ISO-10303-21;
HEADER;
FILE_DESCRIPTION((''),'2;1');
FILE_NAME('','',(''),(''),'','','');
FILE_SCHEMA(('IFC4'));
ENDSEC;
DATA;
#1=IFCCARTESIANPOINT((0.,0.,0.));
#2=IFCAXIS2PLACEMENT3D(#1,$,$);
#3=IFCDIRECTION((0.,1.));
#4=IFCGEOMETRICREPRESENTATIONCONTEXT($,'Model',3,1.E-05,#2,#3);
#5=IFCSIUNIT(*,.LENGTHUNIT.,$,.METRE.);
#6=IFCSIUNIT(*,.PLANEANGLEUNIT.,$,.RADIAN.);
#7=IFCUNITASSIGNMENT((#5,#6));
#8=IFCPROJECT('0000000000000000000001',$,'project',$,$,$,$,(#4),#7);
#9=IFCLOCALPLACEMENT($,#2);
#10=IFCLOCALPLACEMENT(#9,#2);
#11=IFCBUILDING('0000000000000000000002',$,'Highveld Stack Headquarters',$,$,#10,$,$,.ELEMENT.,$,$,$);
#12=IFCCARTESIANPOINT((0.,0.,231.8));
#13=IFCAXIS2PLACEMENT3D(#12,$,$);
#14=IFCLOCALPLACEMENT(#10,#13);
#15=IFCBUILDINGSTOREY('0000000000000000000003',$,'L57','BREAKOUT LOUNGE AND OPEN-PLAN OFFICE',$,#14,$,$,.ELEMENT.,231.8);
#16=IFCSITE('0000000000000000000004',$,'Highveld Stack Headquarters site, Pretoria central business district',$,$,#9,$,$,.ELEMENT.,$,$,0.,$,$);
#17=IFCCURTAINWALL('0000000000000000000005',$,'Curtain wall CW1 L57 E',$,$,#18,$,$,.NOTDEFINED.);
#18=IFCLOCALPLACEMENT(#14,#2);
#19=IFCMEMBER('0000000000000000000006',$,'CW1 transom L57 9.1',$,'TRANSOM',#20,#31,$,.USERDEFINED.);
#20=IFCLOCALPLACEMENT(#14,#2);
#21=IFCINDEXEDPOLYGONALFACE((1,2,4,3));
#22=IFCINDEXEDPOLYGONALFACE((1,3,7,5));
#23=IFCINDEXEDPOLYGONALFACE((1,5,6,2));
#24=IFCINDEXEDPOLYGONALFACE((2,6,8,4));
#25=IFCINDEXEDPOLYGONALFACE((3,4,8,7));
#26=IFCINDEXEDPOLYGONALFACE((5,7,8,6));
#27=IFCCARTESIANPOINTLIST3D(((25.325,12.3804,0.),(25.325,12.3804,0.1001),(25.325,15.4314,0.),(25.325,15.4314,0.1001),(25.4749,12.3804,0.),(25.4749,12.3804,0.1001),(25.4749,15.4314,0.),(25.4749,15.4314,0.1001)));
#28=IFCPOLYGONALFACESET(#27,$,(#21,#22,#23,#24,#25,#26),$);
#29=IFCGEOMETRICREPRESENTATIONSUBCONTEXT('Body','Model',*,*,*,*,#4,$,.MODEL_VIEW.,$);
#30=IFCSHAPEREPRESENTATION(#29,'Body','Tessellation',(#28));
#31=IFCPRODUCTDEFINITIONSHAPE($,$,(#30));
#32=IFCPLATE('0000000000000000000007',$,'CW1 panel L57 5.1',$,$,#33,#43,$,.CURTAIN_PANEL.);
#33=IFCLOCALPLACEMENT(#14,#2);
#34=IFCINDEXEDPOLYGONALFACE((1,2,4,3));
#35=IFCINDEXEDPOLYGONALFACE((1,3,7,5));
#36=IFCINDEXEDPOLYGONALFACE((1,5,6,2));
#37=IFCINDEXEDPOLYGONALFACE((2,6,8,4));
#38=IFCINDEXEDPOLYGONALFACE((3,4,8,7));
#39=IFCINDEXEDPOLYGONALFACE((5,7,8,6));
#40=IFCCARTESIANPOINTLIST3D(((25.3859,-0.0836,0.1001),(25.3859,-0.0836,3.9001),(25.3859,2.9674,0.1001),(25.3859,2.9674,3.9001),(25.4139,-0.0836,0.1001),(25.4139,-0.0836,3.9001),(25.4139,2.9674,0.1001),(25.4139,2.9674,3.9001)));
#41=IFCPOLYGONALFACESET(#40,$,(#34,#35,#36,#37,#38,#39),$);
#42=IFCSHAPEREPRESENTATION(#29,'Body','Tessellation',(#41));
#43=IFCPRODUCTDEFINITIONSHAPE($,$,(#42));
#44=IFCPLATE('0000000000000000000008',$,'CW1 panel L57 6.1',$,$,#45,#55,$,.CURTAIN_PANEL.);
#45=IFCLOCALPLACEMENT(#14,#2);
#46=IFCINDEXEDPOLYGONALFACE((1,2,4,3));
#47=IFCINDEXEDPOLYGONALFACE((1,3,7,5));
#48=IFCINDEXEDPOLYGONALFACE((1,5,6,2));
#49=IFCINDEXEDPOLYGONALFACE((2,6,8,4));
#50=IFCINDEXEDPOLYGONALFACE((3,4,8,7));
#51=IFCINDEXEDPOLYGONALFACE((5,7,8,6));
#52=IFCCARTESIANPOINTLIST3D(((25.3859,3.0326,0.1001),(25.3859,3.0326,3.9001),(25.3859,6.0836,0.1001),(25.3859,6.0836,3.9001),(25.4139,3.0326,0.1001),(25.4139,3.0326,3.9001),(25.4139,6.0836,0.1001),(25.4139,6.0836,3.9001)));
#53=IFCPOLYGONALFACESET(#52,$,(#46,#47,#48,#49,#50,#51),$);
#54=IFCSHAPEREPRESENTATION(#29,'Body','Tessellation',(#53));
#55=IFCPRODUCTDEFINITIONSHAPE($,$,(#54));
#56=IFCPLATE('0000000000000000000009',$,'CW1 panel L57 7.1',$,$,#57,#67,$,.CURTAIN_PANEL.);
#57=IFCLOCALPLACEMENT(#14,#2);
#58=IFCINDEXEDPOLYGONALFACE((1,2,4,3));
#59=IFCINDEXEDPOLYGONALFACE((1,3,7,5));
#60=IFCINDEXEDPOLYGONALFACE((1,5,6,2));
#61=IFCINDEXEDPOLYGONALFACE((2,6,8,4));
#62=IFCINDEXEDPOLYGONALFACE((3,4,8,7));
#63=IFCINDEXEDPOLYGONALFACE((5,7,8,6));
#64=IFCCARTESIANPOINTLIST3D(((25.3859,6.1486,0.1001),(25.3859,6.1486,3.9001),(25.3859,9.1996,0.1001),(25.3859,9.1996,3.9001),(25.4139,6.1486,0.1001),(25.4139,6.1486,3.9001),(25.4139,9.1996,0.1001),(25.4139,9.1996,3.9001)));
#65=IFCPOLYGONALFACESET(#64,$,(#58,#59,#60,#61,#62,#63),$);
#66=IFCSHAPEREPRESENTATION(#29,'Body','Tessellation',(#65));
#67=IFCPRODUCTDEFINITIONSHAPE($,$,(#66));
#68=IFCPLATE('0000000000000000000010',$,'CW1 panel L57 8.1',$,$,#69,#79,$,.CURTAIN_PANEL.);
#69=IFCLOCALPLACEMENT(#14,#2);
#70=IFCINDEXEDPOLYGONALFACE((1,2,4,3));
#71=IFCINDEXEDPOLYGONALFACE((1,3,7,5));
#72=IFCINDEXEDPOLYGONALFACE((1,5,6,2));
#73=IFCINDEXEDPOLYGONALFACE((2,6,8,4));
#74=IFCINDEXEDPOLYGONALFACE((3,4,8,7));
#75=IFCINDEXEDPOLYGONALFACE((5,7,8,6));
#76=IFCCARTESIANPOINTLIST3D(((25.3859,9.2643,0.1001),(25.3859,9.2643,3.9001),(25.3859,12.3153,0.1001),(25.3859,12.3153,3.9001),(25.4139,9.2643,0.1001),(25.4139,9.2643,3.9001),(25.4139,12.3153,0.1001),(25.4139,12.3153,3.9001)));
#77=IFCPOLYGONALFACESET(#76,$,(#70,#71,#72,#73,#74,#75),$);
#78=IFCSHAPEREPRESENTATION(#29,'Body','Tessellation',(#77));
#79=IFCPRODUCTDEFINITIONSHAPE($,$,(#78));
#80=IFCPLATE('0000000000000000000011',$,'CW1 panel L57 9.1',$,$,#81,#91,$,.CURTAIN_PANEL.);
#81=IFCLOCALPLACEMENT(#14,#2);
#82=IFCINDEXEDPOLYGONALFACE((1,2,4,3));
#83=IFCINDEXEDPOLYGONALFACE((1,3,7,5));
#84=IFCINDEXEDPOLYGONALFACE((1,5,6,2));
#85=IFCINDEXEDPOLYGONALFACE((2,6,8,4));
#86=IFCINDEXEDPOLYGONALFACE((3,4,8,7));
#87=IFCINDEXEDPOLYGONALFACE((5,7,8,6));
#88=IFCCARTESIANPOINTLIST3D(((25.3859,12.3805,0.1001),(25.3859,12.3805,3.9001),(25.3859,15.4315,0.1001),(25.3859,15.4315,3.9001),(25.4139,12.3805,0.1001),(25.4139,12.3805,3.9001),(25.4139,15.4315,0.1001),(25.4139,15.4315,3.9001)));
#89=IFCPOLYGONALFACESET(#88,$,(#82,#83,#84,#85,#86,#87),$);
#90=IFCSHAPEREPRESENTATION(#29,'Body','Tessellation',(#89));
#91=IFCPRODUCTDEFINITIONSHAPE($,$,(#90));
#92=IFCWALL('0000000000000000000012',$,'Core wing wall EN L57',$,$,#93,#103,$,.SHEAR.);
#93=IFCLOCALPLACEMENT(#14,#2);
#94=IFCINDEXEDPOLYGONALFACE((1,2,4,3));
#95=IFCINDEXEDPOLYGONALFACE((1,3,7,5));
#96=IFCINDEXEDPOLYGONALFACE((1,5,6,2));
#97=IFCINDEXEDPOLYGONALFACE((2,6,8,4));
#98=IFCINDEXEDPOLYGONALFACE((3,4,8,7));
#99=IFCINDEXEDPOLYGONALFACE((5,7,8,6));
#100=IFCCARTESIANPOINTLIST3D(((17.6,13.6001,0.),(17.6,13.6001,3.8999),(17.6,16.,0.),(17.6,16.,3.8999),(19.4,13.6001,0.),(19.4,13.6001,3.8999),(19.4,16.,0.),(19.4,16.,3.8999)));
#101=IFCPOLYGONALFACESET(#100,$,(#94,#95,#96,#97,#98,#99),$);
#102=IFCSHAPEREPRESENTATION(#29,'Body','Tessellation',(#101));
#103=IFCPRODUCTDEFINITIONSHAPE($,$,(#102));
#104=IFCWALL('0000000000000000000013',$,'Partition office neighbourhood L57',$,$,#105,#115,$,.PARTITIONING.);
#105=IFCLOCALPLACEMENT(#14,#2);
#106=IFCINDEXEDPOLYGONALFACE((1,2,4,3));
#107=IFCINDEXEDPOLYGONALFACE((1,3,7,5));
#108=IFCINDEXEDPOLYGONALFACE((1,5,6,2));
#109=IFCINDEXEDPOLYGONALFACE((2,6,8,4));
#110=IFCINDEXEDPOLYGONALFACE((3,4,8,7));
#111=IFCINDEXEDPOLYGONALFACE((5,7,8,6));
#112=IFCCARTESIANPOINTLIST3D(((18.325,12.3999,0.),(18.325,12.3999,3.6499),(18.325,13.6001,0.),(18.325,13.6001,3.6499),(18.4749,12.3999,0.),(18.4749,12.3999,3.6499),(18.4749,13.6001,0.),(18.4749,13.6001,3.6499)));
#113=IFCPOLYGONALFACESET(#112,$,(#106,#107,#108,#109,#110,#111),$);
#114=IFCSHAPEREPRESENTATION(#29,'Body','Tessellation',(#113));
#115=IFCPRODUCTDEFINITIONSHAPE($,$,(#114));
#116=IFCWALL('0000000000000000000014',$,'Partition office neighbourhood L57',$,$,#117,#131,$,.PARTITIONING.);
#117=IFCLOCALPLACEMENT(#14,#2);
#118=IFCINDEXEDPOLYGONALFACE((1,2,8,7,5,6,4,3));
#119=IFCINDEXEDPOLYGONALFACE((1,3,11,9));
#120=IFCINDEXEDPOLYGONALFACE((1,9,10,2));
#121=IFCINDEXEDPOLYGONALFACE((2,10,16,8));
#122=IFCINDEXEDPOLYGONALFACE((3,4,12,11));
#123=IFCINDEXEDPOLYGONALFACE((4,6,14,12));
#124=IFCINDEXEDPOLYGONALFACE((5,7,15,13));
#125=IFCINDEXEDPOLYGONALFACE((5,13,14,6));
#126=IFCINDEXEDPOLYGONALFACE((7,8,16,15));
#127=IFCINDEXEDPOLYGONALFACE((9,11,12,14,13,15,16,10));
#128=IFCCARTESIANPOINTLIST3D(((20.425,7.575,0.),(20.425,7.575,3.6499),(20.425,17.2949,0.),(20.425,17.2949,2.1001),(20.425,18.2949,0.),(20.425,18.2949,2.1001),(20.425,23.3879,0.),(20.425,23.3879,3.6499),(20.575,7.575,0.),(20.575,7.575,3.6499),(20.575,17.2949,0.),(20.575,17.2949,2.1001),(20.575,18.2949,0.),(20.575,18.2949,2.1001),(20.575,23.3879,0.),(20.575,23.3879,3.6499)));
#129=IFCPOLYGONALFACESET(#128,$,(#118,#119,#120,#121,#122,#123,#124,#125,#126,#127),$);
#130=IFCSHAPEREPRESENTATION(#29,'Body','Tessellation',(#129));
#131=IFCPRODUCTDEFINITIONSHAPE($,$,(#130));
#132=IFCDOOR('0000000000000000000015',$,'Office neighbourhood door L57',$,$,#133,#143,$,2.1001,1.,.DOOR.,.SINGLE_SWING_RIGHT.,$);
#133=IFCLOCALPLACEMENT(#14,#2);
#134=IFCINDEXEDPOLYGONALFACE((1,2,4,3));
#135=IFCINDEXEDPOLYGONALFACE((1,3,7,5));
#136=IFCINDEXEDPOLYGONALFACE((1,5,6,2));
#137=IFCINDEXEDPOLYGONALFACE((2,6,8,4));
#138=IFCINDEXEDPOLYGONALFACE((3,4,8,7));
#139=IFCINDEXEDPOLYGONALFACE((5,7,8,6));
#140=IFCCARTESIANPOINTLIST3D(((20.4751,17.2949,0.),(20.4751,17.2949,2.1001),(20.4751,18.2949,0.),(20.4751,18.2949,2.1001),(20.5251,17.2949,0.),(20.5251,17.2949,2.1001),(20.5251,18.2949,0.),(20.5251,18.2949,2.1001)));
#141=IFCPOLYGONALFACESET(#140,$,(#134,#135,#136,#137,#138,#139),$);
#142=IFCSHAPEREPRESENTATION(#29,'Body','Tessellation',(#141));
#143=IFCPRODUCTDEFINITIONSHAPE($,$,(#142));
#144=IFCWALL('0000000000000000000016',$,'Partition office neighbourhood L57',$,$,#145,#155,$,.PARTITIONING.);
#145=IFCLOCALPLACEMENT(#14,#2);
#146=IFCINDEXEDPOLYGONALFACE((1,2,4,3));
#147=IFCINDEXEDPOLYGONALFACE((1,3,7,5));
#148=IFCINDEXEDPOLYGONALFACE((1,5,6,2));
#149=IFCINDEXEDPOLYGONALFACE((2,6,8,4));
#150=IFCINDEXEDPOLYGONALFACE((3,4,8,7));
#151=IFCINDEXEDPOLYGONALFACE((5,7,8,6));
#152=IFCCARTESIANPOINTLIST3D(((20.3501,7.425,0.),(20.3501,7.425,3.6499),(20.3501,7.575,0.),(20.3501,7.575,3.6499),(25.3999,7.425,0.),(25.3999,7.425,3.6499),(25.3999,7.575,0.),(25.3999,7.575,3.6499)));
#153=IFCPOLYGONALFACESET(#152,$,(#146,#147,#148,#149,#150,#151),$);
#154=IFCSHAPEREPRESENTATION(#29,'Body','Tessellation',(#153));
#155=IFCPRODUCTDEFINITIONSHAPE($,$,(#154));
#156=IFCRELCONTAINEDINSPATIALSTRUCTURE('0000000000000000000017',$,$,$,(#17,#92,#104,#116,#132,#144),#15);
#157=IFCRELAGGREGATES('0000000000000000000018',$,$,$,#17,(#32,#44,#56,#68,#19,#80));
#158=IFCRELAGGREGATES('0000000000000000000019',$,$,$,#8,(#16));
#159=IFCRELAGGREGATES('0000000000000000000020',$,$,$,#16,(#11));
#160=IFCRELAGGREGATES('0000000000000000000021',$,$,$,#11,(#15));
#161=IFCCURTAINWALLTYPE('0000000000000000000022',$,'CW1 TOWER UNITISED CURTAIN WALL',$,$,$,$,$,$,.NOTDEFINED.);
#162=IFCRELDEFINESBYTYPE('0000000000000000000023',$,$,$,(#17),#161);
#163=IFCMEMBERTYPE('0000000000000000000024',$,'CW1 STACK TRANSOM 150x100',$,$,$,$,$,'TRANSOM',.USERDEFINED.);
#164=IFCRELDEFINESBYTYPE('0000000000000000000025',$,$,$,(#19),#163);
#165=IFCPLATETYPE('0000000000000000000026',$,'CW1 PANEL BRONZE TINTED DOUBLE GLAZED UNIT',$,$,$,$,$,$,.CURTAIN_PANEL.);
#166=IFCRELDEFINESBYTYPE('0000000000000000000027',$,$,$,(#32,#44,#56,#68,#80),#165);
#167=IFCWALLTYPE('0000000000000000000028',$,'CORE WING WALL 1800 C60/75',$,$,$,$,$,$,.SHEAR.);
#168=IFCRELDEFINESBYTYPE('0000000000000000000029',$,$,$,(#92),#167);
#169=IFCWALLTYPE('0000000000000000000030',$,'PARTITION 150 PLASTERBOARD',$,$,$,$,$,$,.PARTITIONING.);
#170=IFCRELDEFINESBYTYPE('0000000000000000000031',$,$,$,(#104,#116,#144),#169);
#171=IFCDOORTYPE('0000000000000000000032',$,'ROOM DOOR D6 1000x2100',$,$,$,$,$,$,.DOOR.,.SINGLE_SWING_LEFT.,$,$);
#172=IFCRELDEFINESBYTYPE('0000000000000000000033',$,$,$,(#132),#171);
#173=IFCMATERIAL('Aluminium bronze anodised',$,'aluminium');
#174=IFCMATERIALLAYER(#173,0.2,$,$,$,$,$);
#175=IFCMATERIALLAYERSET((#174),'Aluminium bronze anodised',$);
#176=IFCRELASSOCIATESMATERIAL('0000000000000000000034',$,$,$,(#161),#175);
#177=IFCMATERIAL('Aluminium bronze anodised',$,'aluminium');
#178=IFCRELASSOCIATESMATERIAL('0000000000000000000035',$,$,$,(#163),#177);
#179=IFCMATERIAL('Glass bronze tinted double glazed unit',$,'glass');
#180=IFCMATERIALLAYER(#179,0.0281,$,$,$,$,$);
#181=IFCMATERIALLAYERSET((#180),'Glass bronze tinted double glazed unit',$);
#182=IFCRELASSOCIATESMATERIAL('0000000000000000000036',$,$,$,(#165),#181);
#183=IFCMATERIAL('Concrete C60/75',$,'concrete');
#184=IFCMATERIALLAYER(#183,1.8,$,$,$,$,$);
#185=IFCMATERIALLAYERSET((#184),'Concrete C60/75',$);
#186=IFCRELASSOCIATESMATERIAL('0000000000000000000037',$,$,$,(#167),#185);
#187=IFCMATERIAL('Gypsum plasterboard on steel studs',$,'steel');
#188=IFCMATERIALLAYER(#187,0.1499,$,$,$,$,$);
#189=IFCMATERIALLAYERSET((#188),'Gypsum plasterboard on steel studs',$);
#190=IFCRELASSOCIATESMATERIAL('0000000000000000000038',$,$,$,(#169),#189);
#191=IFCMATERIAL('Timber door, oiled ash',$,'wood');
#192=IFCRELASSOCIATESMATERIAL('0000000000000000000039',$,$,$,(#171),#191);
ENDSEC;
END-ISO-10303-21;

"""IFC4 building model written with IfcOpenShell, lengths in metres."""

from ifc_helpers import new_model, si_unit, direction, frame, frame_2d, origin, origin_2d, place, context, subcontext, project, spatial, rectangle, extrude, material, layer, layer_set, material_profile, profile_set, type_object, element, fill, aggregate, save


model = new_model("IFC4")

# Units and contexts
model_context = context("Model", 3, precision=1e-05, world=origin(), true_north=direction((0.0, 1.0)))
body_context = subcontext(model_context, "Body", "Model", "MODEL_VIEW")
ifc_project = project(units=[si_unit("LENGTHUNIT", "METRE"), si_unit("PLANEANGLEUNIT", "RADIAN")], contexts=[model_context])

# Site, building, storey
site_placement = place(None, origin())
site = spatial("IfcSite", under=ifc_project, at=site_placement, Name="Highveld Stack Headquarters site, Pretoria central business district", CompositionType="ELEMENT", RefElevation=0.0)
building_placement = place(site_placement, origin())
building = spatial("IfcBuilding", under=site, at=building_placement, Name="Highveld Stack Headquarters", CompositionType="ELEMENT")
storey_placement = place(building_placement, frame((0.0, 0.0, 231.8)))
storey = spatial("IfcBuildingStorey", under=building, at=storey_placement, Name="L57", Description="BREAKOUT LOUNGE AND OPEN-PLAN OFFICE", CompositionType="ELEMENT", Elevation=231.8)

# Curtain wall, member, plates
ifc_material_1 = material(Name="Aluminium bronze anodised", Category="aluminium")
ifc_layer_1 = layer(ifc_material_1, 0.2)
ifc_layer_set_1 = layer_set([ifc_layer_1], Name="Aluminium bronze anodised")
curtain_wall_type = type_object("IfcCurtainWallType", Name="CW1 TOWER UNITISED CURTAIN WALL", PredefinedType="NOTDEFINED", material=ifc_layer_set_1)
curtain_wall_placement = place(storey_placement, origin())
curtain_wall = element("IfcCurtainWall", 1, at=curtain_wall_placement, inside=storey, type_object=curtain_wall_type, Name="Curtain wall CW1 L57 E", PredefinedType="NOTDEFINED")
ifc_material_2 = material(Name="Aluminium bronze anodised", Category="aluminium")
ifc_material_profile_1 = material_profile(ifc_material_2, rectangle(XDim=0.1499, YDim=0.1001, at=origin_2d()), Name="CW1 TRANSOM 150x100")
ifc_profile_set_1 = profile_set([ifc_material_profile_1], Name="Aluminium bronze anodised")
member_type_1 = type_object("IfcMemberType", Name="CW1 STACK TRANSOM 150x100", ElementType="TRANSOM", PredefinedType="USERDEFINED", material=ifc_profile_set_1)
member_1_placement = place(storey_placement, frame((25.3999, 12.3804, 0.05), z_axis=(0.0, 1.0, 0.0), x_axis=(-1.0, 0.0, 0.0)))
member_1 = element("IfcMember", 2, at=member_1_placement, type_object=member_type_1, Name="CW1 transom L57 9.1", ObjectType="TRANSOM", PredefinedType="USERDEFINED", context=body_context, shape_type="SweptSolid", body=[
    extrude(rectangle(XDim=0.1499, YDim=0.1001, at=origin_2d()), origin(), (0.0, 0.0, 1.0), 3.051),
])
ifc_material_3 = material(Name="Glass bronze tinted double glazed unit", Category="glass")
ifc_layer_2 = layer(ifc_material_3, 0.0281)
ifc_layer_set_2 = layer_set([ifc_layer_2], Name="Glass bronze tinted double glazed unit")
plate_type = type_object("IfcPlateType", Name="CW1 PANEL BRONZE TINTED DOUBLE GLAZED UNIT", PredefinedType="CURTAIN_PANEL", material=ifc_layer_set_2)
plate_1_placement = place(storey_placement, frame((25.3999, 1.4419, 0.1001), z_axis=(0.0, 0.0, 1.0), x_axis=(0.0, 1.0, 0.0)))
plate_1 = element("IfcPlate", 3, at=plate_1_placement, type_object=plate_type, Name="CW1 panel L57 5.1", PredefinedType="CURTAIN_PANEL", context=body_context, shape_type="SweptSolid", body=[
    extrude(rectangle(XDim=3.051, YDim=0.0281, at=origin_2d()), origin(), (0.0, 0.0, 1.0), 3.8),
])
plate_2_placement = place(storey_placement, frame((25.3999, 4.5581, 0.1001), z_axis=(0.0, 0.0, 1.0), x_axis=(0.0, 1.0, 0.0)))
plate_2 = element("IfcPlate", 4, at=plate_2_placement, type_object=plate_type, Name="CW1 panel L57 6.1", PredefinedType="CURTAIN_PANEL", context=body_context, shape_type="SweptSolid", body=[
    extrude(rectangle(XDim=3.051, YDim=0.0281, at=origin_2d()), origin(), (0.0, 0.0, 1.0), 3.8),
])
plate_3_placement = place(storey_placement, frame((25.3999, 7.6741, 0.1001), z_axis=(0.0, 0.0, 1.0), x_axis=(0.0, 1.0, 0.0)))
plate_3 = element("IfcPlate", 5, at=plate_3_placement, type_object=plate_type, Name="CW1 panel L57 7.1", PredefinedType="CURTAIN_PANEL", context=body_context, shape_type="SweptSolid", body=[
    extrude(rectangle(XDim=3.051, YDim=0.0281, at=origin_2d()), origin(), (0.0, 0.0, 1.0), 3.8),
])
plate_4_placement = place(storey_placement, frame((25.3999, 10.7898, 0.1001), z_axis=(0.0, 0.0, 1.0), x_axis=(0.0, 1.0, 0.0)))
plate_4 = element("IfcPlate", 6, at=plate_4_placement, type_object=plate_type, Name="CW1 panel L57 8.1", PredefinedType="CURTAIN_PANEL", context=body_context, shape_type="SweptSolid", body=[
    extrude(rectangle(XDim=3.051, YDim=0.0281, at=origin_2d()), origin(), (0.0, 0.0, 1.0), 3.8),
])
plate_5_placement = place(storey_placement, frame((25.3999, 13.906, 0.1001), z_axis=(0.0, 0.0, 1.0), x_axis=(0.0, 1.0, 0.0)))
plate_5 = element("IfcPlate", 7, at=plate_5_placement, type_object=plate_type, Name="CW1 panel L57 9.1", PredefinedType="CURTAIN_PANEL", context=body_context, shape_type="SweptSolid", body=[
    extrude(rectangle(XDim=3.051, YDim=0.0281, at=origin_2d()), origin(), (0.0, 0.0, 1.0), 3.8),
])
aggregate(curtain_wall, [plate_1, plate_2, plate_3, plate_4, member_1, plate_5])

# Walls
ifc_material_4 = material(Name="Concrete C60/75", Category="concrete")
ifc_layer_3 = layer(ifc_material_4, 1.8)
ifc_layer_set_3 = layer_set([ifc_layer_3], Name="Concrete C60/75")
wall_type_1 = type_object("IfcWallType", Name="CORE WING WALL 1800 C60/75", PredefinedType="SHEAR", material=ifc_layer_set_3)
wall_1_placement = place(storey_placement, frame((18.5, 13.6001, 0.0), z_axis=(0.0, 0.0, 1.0), x_axis=(0.0, 1.0, 0.0)))
element("IfcWall", 8, at=wall_1_placement, inside=storey, type_object=wall_type_1, Name="Core wing wall EN L57", PredefinedType="SHEAR", context=body_context, shape_type="SweptSolid", body=[
    extrude(rectangle(XDim=2.3999, YDim=1.8, at=frame_2d((1.2, 0.0))), origin(), (0.0, 0.0, 1.0), 3.8999),
])
ifc_material_5 = material(Name="Gypsum plasterboard on steel studs", Category="steel")
ifc_layer_4 = layer(ifc_material_5, 0.1499)
ifc_layer_set_4 = layer_set([ifc_layer_4], Name="Gypsum plasterboard on steel studs")
wall_type_2 = type_object("IfcWallType", Name="PARTITION 150 PLASTERBOARD", PredefinedType="PARTITIONING", material=ifc_layer_set_4)
wall_2_placement = place(storey_placement, frame((18.3999, 12.3999, 0.0), z_axis=(0.0, 0.0, 1.0), x_axis=(0.0, 1.0, 0.0)))
element("IfcWall", 9, at=wall_2_placement, inside=storey, type_object=wall_type_2, Name="Partition office neighbourhood L57", PredefinedType="PARTITIONING", context=body_context, shape_type="SweptSolid", body=[
    extrude(rectangle(XDim=1.2002, YDim=0.1499, at=frame_2d((0.6001, 0.0))), origin(), (0.0, 0.0, 1.0), 3.6499),
])

# Wall, opening, door
wall_3_placement = place(storey_placement, frame((20.5, 7.575, 0.0), z_axis=(0.0, 0.0, 1.0), x_axis=(0.0, 1.0, 0.0)))
wall_3 = element("IfcWall", 10, at=wall_3_placement, inside=storey, type_object=wall_type_2, Name="Partition office neighbourhood L57", PredefinedType="PARTITIONING", context=body_context, shape_type="SweptSolid", body=[
    extrude(rectangle(XDim=15.813, YDim=0.1499, at=frame_2d((7.9065, 0.0))), origin(), (0.0, 0.0, 1.0), 3.6499),
])
opening_placement = place(wall_3_placement, frame((9.72, 0.0, 0.0)))
opening = element("IfcOpeningElement", 11, at=opening_placement, cuts=wall_3, PredefinedType="OPENING", context=body_context, shape_type="SweptSolid", body=[
    extrude(rectangle(XDim=1.0, YDim=2.1001, at=frame_2d((0.5, 1.05))), frame((0.0, 0.085, 0.0), z_axis=(0.0, -1.0, 0.0), x_axis=(1.0, 0.0, 0.0)), (0.0, 0.0, 1.0), 0.1699),
])
ifc_material_6 = material(Name="Timber door, oiled ash", Category="wood")
door_type = type_object("IfcDoorType", Name="ROOM DOOR D6 1000x2100", OperationType="SINGLE_SWING_LEFT", PredefinedType="DOOR", material=ifc_material_6)
door_placement = place(opening_placement, origin())
door = element("IfcDoor", 12, at=door_placement, inside=storey, type_object=door_type, Name="Office neighbourhood door L57", OperationType="SINGLE_SWING_RIGHT", OverallHeight=2.1001, OverallWidth=1.0, PredefinedType="DOOR", context=body_context, shape_type="SweptSolid", body=[
    extrude(rectangle(XDim=1.0, YDim=2.1001, at=frame_2d((0.5, 1.05))), frame((0.0, 0.0249, 0.0), z_axis=(0.0, -1.0, 0.0), x_axis=(1.0, 0.0, 0.0)), (0.0, 0.0, 1.0), 0.05),
])
fill(opening, door)

# Wall
wall_4_placement = place(storey_placement, frame((20.3501, 7.5, 0.0), z_axis=(0.0, 0.0, 1.0), x_axis=(1.0, 0.0, 0.0)))
element("IfcWall", 13, at=wall_4_placement, inside=storey, type_object=wall_type_2, Name="Partition office neighbourhood L57", PredefinedType="PARTITIONING", context=body_context, shape_type="SweptSolid", body=[
    extrude(rectangle(XDim=5.0498, YDim=0.1499, at=frame_2d((2.5249, 0.0))), origin(), (0.0, 0.0, 1.0), 3.6499),
])

save(model, "model.ifc")
